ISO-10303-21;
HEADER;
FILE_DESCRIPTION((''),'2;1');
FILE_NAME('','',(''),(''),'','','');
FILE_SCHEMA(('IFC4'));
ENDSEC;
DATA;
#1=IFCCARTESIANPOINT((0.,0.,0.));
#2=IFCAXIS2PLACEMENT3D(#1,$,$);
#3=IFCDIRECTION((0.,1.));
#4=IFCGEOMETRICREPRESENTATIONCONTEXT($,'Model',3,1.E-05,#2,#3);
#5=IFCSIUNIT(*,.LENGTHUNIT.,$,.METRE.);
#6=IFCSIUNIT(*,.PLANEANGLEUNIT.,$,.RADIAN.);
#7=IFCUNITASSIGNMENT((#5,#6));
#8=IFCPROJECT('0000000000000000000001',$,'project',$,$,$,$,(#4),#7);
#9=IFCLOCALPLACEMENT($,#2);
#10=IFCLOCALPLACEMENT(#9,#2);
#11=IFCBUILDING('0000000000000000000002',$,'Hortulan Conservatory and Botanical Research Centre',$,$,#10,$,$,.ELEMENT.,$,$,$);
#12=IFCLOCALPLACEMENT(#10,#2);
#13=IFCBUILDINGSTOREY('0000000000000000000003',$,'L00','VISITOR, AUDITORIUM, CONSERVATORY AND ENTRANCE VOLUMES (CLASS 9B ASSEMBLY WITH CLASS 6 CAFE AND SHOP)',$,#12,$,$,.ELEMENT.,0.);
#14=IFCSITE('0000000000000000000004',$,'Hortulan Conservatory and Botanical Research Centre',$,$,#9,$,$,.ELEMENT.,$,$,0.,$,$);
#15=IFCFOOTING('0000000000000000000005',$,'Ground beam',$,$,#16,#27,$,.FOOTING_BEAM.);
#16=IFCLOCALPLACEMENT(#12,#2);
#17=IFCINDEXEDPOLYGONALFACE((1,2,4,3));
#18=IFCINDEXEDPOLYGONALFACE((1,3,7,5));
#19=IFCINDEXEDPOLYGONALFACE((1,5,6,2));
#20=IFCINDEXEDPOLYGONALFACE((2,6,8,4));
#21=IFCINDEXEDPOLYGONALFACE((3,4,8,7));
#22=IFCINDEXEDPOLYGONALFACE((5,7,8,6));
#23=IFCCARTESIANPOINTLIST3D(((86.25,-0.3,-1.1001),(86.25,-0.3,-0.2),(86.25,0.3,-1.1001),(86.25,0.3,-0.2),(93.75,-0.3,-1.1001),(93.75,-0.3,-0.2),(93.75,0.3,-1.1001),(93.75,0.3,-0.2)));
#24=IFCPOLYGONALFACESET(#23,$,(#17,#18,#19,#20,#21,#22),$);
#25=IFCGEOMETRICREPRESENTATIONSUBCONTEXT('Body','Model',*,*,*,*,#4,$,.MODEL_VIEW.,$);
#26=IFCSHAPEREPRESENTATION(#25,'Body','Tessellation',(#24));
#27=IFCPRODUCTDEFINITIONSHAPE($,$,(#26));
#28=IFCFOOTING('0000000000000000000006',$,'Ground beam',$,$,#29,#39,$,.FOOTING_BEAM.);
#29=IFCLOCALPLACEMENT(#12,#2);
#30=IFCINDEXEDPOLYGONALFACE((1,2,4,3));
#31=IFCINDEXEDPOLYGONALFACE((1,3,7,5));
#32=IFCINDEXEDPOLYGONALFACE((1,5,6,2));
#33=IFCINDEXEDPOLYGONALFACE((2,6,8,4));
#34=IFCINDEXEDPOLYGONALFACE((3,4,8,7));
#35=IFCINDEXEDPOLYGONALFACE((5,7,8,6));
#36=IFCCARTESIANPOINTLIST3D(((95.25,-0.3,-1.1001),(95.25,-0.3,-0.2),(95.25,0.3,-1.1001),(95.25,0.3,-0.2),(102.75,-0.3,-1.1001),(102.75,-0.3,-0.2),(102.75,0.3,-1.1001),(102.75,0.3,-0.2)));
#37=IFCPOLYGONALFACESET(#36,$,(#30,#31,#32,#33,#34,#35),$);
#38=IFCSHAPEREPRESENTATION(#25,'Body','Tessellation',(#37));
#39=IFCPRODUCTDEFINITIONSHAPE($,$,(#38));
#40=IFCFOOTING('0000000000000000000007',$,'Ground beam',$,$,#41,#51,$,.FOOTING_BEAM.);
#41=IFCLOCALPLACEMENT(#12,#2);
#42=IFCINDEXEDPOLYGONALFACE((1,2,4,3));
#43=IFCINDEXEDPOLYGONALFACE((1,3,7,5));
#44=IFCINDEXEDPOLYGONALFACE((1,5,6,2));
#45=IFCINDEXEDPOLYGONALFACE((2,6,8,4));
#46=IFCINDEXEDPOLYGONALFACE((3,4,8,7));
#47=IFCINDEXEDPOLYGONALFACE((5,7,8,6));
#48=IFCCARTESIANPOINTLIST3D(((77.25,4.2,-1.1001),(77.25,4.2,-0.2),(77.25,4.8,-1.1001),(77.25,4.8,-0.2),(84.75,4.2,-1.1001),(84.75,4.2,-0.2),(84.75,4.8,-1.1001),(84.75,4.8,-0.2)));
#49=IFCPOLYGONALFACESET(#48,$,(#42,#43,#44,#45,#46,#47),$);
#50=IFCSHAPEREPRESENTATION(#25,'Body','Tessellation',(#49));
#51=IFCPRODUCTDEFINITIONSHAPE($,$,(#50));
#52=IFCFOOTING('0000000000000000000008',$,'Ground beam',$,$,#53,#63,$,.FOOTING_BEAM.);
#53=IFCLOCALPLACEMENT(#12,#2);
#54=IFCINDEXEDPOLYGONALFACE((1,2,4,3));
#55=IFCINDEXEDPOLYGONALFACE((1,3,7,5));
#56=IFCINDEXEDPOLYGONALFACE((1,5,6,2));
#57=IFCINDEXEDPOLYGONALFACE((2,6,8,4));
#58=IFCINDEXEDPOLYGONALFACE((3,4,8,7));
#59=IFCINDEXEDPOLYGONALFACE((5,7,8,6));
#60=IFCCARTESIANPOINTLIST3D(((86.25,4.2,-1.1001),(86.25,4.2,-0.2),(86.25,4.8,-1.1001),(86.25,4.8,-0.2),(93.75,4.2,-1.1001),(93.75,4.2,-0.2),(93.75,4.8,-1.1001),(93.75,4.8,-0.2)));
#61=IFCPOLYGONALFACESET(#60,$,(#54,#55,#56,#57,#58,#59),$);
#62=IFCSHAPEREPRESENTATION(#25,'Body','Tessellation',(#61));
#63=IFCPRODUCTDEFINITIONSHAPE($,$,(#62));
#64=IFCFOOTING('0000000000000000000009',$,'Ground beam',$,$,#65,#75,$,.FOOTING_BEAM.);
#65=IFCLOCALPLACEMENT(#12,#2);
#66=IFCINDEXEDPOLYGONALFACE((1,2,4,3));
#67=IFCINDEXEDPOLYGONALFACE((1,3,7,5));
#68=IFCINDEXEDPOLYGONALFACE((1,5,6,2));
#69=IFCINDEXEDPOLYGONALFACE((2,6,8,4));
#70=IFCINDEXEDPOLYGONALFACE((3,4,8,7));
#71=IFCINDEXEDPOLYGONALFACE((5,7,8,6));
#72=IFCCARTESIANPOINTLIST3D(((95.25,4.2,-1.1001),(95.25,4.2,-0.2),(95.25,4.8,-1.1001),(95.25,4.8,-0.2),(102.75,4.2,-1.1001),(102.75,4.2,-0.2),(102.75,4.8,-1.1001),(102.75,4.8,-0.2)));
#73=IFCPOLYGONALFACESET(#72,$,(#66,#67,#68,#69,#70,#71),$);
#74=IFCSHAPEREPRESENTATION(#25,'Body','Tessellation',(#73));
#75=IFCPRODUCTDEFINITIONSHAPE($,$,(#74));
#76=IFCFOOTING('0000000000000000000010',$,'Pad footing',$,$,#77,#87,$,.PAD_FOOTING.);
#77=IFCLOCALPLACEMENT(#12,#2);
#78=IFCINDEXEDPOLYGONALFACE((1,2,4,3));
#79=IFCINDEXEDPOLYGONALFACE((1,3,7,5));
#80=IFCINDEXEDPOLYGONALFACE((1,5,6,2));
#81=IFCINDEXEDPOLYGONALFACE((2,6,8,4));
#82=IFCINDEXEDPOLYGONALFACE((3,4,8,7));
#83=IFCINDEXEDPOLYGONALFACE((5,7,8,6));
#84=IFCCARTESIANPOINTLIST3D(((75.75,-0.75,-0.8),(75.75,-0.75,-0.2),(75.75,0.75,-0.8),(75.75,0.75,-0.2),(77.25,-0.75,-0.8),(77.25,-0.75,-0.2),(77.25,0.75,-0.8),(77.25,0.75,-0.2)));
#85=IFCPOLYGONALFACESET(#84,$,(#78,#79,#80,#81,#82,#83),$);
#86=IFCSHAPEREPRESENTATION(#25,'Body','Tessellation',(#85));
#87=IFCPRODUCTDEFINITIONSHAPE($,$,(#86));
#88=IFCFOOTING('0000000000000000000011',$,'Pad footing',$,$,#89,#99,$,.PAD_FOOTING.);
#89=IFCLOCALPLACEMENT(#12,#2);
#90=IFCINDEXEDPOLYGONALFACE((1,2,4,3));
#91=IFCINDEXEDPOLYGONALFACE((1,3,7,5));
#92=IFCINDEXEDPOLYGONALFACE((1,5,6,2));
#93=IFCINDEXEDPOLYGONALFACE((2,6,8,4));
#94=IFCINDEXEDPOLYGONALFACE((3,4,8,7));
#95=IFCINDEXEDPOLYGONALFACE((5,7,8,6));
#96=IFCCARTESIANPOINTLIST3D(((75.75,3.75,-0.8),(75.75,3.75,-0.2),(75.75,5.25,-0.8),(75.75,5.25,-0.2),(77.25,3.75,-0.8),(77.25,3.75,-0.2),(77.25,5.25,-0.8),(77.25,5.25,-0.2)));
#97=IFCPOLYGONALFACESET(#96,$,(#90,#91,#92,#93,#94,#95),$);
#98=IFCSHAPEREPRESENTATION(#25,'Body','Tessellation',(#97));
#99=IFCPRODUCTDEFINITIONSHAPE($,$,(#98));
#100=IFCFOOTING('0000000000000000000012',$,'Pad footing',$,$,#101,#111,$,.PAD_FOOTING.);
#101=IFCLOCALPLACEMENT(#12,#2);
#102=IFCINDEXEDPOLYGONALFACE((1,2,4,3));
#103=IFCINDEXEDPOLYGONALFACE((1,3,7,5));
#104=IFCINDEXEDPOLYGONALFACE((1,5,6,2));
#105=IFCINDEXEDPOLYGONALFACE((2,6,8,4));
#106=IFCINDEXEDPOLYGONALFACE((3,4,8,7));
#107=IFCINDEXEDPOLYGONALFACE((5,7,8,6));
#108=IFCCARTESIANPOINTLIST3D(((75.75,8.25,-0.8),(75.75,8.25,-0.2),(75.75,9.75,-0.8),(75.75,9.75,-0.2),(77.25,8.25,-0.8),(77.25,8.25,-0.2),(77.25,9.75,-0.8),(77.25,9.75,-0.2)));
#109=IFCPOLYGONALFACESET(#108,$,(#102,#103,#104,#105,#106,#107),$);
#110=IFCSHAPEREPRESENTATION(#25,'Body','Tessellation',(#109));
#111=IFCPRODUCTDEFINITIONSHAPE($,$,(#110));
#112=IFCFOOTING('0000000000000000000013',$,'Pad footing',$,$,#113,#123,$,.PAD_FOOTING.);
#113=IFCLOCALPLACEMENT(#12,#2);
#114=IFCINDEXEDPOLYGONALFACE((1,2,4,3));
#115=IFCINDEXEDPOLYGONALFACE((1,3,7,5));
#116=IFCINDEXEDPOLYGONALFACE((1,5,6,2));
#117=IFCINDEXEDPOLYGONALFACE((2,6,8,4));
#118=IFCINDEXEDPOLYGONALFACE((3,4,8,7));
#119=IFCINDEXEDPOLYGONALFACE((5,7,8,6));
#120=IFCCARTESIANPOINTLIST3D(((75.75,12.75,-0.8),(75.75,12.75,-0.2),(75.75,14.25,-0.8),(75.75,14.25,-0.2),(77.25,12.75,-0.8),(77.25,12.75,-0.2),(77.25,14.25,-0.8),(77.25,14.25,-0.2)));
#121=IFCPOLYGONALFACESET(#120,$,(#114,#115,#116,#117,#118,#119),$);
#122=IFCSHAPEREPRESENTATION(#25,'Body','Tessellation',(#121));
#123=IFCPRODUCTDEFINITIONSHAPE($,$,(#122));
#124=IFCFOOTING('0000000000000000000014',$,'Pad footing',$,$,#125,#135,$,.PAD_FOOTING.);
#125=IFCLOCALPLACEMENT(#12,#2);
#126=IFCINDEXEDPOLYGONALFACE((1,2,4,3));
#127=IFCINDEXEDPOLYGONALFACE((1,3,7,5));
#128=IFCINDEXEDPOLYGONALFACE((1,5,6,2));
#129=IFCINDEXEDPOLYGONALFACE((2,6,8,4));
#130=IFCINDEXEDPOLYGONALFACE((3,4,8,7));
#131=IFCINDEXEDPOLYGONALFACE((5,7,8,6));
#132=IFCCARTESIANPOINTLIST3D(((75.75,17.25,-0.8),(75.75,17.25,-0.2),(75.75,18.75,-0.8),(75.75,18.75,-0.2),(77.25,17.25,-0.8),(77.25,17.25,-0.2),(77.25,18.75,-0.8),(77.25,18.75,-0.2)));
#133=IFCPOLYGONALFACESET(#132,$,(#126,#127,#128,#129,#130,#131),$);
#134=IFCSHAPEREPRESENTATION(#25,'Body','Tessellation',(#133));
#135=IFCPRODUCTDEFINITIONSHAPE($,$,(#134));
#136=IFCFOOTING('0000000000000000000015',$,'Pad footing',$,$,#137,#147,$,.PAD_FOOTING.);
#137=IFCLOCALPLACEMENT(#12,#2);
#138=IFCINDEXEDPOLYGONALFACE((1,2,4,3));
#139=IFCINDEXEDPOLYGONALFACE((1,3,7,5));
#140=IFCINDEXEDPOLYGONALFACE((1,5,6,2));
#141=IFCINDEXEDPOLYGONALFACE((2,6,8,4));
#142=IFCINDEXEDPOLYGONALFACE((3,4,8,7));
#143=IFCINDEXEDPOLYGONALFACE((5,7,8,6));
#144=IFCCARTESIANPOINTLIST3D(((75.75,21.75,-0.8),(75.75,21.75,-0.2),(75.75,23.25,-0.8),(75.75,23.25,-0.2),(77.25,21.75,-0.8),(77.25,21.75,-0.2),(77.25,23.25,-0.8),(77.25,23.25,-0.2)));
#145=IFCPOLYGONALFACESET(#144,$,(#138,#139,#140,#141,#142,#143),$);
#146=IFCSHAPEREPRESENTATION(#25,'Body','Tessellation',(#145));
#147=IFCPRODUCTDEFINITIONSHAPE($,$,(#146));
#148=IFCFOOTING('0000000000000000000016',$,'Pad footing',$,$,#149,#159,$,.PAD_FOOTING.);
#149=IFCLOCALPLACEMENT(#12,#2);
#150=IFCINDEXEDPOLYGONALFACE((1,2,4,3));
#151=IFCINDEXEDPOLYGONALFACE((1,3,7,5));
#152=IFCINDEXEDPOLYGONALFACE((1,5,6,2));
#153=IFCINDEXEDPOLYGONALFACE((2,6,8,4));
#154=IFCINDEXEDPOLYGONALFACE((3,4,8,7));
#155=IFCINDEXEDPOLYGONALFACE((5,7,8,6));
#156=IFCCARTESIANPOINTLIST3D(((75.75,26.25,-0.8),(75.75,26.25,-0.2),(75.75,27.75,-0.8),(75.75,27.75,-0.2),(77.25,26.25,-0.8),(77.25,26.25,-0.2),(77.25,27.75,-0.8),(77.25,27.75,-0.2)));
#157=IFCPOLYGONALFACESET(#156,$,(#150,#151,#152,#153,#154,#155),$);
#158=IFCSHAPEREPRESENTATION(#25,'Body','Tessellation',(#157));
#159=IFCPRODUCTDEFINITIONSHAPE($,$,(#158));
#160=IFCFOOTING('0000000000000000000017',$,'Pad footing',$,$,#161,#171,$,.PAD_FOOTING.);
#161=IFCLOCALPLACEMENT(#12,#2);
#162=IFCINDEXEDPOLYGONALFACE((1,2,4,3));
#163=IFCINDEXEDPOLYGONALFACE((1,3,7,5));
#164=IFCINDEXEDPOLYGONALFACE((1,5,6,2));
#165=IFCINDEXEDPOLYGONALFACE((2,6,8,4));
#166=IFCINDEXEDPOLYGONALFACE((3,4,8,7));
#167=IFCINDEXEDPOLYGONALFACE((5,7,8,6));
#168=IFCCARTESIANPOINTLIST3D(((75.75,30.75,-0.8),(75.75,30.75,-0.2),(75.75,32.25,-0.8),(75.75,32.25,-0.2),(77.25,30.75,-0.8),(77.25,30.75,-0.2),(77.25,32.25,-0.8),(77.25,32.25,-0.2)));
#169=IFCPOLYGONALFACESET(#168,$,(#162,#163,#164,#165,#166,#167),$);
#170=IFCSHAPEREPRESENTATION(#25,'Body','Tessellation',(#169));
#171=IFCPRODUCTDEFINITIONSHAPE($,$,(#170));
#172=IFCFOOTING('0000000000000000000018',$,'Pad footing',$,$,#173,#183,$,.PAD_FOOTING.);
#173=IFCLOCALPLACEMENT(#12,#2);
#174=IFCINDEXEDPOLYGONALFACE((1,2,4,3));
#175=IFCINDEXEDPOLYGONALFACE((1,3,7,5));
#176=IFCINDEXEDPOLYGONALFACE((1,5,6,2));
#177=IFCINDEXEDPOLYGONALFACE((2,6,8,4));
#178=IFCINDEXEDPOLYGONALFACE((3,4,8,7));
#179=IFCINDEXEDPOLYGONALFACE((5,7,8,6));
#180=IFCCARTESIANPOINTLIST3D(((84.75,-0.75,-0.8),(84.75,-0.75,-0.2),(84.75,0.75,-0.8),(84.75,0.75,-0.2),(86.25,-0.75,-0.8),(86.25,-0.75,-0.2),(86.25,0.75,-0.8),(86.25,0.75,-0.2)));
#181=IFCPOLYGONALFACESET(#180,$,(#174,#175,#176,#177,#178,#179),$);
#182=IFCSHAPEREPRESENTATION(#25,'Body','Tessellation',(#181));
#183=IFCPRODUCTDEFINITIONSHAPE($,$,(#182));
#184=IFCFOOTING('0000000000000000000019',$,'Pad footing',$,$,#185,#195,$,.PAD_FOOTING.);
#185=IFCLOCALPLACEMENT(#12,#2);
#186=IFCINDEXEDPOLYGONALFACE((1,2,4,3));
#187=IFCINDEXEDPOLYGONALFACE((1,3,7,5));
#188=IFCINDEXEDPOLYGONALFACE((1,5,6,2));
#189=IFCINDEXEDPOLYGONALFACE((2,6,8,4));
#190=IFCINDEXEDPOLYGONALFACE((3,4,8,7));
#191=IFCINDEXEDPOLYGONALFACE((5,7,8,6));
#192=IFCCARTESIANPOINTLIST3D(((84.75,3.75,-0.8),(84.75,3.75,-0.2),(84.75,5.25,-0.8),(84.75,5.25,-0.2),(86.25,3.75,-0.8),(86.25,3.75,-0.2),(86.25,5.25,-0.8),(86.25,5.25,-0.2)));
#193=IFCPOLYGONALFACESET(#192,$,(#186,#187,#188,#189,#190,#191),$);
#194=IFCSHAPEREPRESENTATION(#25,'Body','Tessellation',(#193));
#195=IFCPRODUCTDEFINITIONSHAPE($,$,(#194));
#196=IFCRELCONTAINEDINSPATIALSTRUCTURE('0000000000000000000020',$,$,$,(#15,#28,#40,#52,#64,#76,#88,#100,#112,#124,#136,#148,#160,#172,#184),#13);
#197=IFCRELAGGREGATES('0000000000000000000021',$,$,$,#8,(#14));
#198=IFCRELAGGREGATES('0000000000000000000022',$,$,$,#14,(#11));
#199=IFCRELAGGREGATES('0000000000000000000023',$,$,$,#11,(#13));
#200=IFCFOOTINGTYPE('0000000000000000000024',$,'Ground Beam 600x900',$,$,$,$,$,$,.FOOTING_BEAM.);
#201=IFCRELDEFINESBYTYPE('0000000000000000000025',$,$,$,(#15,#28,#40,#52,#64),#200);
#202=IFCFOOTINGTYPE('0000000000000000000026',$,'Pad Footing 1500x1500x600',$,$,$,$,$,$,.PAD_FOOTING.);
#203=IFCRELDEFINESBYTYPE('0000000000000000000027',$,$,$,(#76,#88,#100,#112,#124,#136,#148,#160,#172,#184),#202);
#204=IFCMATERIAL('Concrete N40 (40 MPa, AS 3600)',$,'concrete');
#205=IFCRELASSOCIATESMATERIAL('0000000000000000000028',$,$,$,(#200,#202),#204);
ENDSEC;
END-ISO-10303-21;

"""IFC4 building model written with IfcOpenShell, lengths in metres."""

from ifc_helpers import new_model, si_unit, direction, frame, origin, place, context, subcontext, project, spatial, polyline, outline, extrude, material, type_object, element, save


model = new_model("IFC4")

# Units and contexts
model_context = context("Model", 3, precision=1e-05, world=origin(), true_north=direction((0.0, 1.0)))
body_context = subcontext(model_context, "Body", "Model", "MODEL_VIEW")
ifc_project = project(units=[si_unit("LENGTHUNIT", "METRE"), si_unit("PLANEANGLEUNIT", "RADIAN")], contexts=[model_context])

# Site, building, storey
site_placement = place(None, origin())
site = spatial("IfcSite", under=ifc_project, at=site_placement, Name="Hortulan Conservatory and Botanical Research Centre", CompositionType="ELEMENT", RefElevation=0.0)
building_placement = place(site_placement, origin())
building = spatial("IfcBuilding", under=site, at=building_placement, Name="Hortulan Conservatory and Botanical Research Centre", CompositionType="ELEMENT")
storey_placement = place(building_placement, origin())
storey = spatial("IfcBuildingStorey", under=building, at=storey_placement, Name="L00", Description="VISITOR, AUDITORIUM, CONSERVATORY AND ENTRANCE VOLUMES (CLASS 9B ASSEMBLY WITH CLASS 6 CAFE AND SHOP)", CompositionType="ELEMENT", Elevation=0.0)

# Footings
ifc_material = material(Name="Concrete N40 (40 MPa, AS 3600)", Category="concrete")
footing_type_1 = type_object("IfcFootingType", Name="Ground Beam 600x900", PredefinedType="FOOTING_BEAM", material=ifc_material)
footing_1_placement = place(storey_placement, frame((0.0, 0.0, -1.1001)))
element("IfcFooting", 1, at=footing_1_placement, inside=storey, type_object=footing_type_1, Name="Ground beam", PredefinedType="FOOTING_BEAM", context=body_context, shape_type="SweptSolid", body=[
    extrude(outline(polyline([(93.75, -0.3), (93.75, 0.3), (86.25, 0.3), (86.25, -0.3), (93.75, -0.3)])), origin(), (0.0, 0.0, 1.0), 0.9001),
])
footing_2_placement = place(storey_placement, frame((0.0, 0.0, -1.1001)))
element("IfcFooting", 2, at=footing_2_placement, inside=storey, type_object=footing_type_1, Name="Ground beam", PredefinedType="FOOTING_BEAM", context=body_context, shape_type="SweptSolid", body=[
    extrude(outline(polyline([(102.75, -0.3), (102.75, 0.3), (95.25, 0.3), (95.25, -0.3), (102.75, -0.3)])), origin(), (0.0, 0.0, 1.0), 0.9001),
])
footing_3_placement = place(storey_placement, frame((0.0, 0.0, -1.1001)))
element("IfcFooting", 3, at=footing_3_placement, inside=storey, type_object=footing_type_1, Name="Ground beam", PredefinedType="FOOTING_BEAM", context=body_context, shape_type="SweptSolid", body=[
    extrude(outline(polyline([(84.75, 4.2), (84.75, 4.8), (77.25, 4.8), (77.25, 4.2), (84.75, 4.2)])), origin(), (0.0, 0.0, 1.0), 0.9001),
])
footing_4_placement = place(storey_placement, frame((0.0, 0.0, -1.1001)))
element("IfcFooting", 4, at=footing_4_placement, inside=storey, type_object=footing_type_1, Name="Ground beam", PredefinedType="FOOTING_BEAM", context=body_context, shape_type="SweptSolid", body=[
    extrude(outline(polyline([(93.75, 4.2), (93.75, 4.8), (86.25, 4.8), (86.25, 4.2), (93.75, 4.2)])), origin(), (0.0, 0.0, 1.0), 0.9001),
])
footing_5_placement = place(storey_placement, frame((0.0, 0.0, -1.1001)))
element("IfcFooting", 5, at=footing_5_placement, inside=storey, type_object=footing_type_1, Name="Ground beam", PredefinedType="FOOTING_BEAM", context=body_context, shape_type="SweptSolid", body=[
    extrude(outline(polyline([(102.75, 4.2), (102.75, 4.8), (95.25, 4.8), (95.25, 4.2), (102.75, 4.2)])), origin(), (0.0, 0.0, 1.0), 0.9001),
])
footing_type_2 = type_object("IfcFootingType", Name="Pad Footing 1500x1500x600", PredefinedType="PAD_FOOTING", material=ifc_material)
footing_6_placement = place(storey_placement, frame((0.0, 0.0, -0.8)))
element("IfcFooting", 6, at=footing_6_placement, inside=storey, type_object=footing_type_2, Name="Pad footing", PredefinedType="PAD_FOOTING", context=body_context, shape_type="SweptSolid", body=[
    extrude(outline(polyline([(77.25, -0.75), (77.25, 0.75), (75.75, 0.75), (75.75, -0.75), (77.25, -0.75)])), origin(), (0.0, 0.0, 1.0), 0.6001),
])
footing_7_placement = place(storey_placement, frame((0.0, 0.0, -0.8)))
element("IfcFooting", 7, at=footing_7_placement, inside=storey, type_object=footing_type_2, Name="Pad footing", PredefinedType="PAD_FOOTING", context=body_context, shape_type="SweptSolid", body=[
    extrude(outline(polyline([(77.25, 3.75), (77.25, 5.25), (75.75, 5.25), (75.75, 3.75), (77.25, 3.75)])), origin(), (0.0, 0.0, 1.0), 0.6001),
])
footing_8_placement = place(storey_placement, frame((0.0, 0.0, -0.8)))
element("IfcFooting", 8, at=footing_8_placement, inside=storey, type_object=footing_type_2, Name="Pad footing", PredefinedType="PAD_FOOTING", context=body_context, shape_type="SweptSolid", body=[
    extrude(outline(polyline([(77.25, 8.25), (77.25, 9.75), (75.75, 9.75), (75.75, 8.25), (77.25, 8.25)])), origin(), (0.0, 0.0, 1.0), 0.6001),
])
footing_9_placement = place(storey_placement, frame((0.0, 0.0, -0.8)))
element("IfcFooting", 9, at=footing_9_placement, inside=storey, type_object=footing_type_2, Name="Pad footing", PredefinedType="PAD_FOOTING", context=body_context, shape_type="SweptSolid", body=[
    extrude(outline(polyline([(77.25, 12.75), (77.25, 14.25), (75.75, 14.25), (75.75, 12.75), (77.25, 12.75)])), origin(), (0.0, 0.0, 1.0), 0.6001),
])
footing_10_placement = place(storey_placement, frame((0.0, 0.0, -0.8)))
element("IfcFooting", 10, at=footing_10_placement, inside=storey, type_object=footing_type_2, Name="Pad footing", PredefinedType="PAD_FOOTING", context=body_context, shape_type="SweptSolid", body=[
    extrude(outline(polyline([(77.25, 17.25), (77.25, 18.75), (75.75, 18.75), (75.75, 17.25), (77.25, 17.25)])), origin(), (0.0, 0.0, 1.0), 0.6001),
])
footing_11_placement = place(storey_placement, frame((0.0, 0.0, -0.8)))
element("IfcFooting", 11, at=footing_11_placement, inside=storey, type_object=footing_type_2, Name="Pad footing", PredefinedType="PAD_FOOTING", context=body_context, shape_type="SweptSolid", body=[
    extrude(outline(polyline([(77.25, 21.75), (77.25, 23.25), (75.75, 23.25), (75.75, 21.75), (77.25, 21.75)])), origin(), (0.0, 0.0, 1.0), 0.6001),
])
footing_12_placement = place(storey_placement, frame((0.0, 0.0, -0.8)))
element("IfcFooting", 12, at=footing_12_placement, inside=storey, type_object=footing_type_2, Name="Pad footing", PredefinedType="PAD_FOOTING", context=body_context, shape_type="SweptSolid", body=[
    extrude(outline(polyline([(77.25, 26.25), (77.25, 27.75), (75.75, 27.75), (75.75, 26.25), (77.25, 26.25)])), origin(), (0.0, 0.0, 1.0), 0.6001),
])
footing_13_placement = place(storey_placement, frame((0.0, 0.0, -0.8)))
element("IfcFooting", 13, at=footing_13_placement, inside=storey, type_object=footing_type_2, Name="Pad footing", PredefinedType="PAD_FOOTING", context=body_context, shape_type="SweptSolid", body=[
    extrude(outline(polyline([(77.25, 30.75), (77.25, 32.25), (75.75, 32.25), (75.75, 30.75), (77.25, 30.75)])), origin(), (0.0, 0.0, 1.0), 0.6001),
])
footing_14_placement = place(storey_placement, frame((0.0, 0.0, -0.8)))
element("IfcFooting", 14, at=footing_14_placement, inside=storey, type_object=footing_type_2, Name="Pad footing", PredefinedType="PAD_FOOTING", context=body_context, shape_type="SweptSolid", body=[
    extrude(outline(polyline([(86.25, -0.75), (86.25, 0.75), (84.75, 0.75), (84.75, -0.75), (86.25, -0.75)])), origin(), (0.0, 0.0, 1.0), 0.6001),
])
footing_15_placement = place(storey_placement, frame((0.0, 0.0, -0.8)))
element("IfcFooting", 15, at=footing_15_placement, inside=storey, type_object=footing_type_2, Name="Pad footing", PredefinedType="PAD_FOOTING", context=body_context, shape_type="SweptSolid", body=[
    extrude(outline(polyline([(86.25, 3.75), (86.25, 5.25), (84.75, 5.25), (84.75, 3.75), (86.25, 3.75)])), origin(), (0.0, 0.0, 1.0), 0.6001),
])

save(model, "model.ifc")
